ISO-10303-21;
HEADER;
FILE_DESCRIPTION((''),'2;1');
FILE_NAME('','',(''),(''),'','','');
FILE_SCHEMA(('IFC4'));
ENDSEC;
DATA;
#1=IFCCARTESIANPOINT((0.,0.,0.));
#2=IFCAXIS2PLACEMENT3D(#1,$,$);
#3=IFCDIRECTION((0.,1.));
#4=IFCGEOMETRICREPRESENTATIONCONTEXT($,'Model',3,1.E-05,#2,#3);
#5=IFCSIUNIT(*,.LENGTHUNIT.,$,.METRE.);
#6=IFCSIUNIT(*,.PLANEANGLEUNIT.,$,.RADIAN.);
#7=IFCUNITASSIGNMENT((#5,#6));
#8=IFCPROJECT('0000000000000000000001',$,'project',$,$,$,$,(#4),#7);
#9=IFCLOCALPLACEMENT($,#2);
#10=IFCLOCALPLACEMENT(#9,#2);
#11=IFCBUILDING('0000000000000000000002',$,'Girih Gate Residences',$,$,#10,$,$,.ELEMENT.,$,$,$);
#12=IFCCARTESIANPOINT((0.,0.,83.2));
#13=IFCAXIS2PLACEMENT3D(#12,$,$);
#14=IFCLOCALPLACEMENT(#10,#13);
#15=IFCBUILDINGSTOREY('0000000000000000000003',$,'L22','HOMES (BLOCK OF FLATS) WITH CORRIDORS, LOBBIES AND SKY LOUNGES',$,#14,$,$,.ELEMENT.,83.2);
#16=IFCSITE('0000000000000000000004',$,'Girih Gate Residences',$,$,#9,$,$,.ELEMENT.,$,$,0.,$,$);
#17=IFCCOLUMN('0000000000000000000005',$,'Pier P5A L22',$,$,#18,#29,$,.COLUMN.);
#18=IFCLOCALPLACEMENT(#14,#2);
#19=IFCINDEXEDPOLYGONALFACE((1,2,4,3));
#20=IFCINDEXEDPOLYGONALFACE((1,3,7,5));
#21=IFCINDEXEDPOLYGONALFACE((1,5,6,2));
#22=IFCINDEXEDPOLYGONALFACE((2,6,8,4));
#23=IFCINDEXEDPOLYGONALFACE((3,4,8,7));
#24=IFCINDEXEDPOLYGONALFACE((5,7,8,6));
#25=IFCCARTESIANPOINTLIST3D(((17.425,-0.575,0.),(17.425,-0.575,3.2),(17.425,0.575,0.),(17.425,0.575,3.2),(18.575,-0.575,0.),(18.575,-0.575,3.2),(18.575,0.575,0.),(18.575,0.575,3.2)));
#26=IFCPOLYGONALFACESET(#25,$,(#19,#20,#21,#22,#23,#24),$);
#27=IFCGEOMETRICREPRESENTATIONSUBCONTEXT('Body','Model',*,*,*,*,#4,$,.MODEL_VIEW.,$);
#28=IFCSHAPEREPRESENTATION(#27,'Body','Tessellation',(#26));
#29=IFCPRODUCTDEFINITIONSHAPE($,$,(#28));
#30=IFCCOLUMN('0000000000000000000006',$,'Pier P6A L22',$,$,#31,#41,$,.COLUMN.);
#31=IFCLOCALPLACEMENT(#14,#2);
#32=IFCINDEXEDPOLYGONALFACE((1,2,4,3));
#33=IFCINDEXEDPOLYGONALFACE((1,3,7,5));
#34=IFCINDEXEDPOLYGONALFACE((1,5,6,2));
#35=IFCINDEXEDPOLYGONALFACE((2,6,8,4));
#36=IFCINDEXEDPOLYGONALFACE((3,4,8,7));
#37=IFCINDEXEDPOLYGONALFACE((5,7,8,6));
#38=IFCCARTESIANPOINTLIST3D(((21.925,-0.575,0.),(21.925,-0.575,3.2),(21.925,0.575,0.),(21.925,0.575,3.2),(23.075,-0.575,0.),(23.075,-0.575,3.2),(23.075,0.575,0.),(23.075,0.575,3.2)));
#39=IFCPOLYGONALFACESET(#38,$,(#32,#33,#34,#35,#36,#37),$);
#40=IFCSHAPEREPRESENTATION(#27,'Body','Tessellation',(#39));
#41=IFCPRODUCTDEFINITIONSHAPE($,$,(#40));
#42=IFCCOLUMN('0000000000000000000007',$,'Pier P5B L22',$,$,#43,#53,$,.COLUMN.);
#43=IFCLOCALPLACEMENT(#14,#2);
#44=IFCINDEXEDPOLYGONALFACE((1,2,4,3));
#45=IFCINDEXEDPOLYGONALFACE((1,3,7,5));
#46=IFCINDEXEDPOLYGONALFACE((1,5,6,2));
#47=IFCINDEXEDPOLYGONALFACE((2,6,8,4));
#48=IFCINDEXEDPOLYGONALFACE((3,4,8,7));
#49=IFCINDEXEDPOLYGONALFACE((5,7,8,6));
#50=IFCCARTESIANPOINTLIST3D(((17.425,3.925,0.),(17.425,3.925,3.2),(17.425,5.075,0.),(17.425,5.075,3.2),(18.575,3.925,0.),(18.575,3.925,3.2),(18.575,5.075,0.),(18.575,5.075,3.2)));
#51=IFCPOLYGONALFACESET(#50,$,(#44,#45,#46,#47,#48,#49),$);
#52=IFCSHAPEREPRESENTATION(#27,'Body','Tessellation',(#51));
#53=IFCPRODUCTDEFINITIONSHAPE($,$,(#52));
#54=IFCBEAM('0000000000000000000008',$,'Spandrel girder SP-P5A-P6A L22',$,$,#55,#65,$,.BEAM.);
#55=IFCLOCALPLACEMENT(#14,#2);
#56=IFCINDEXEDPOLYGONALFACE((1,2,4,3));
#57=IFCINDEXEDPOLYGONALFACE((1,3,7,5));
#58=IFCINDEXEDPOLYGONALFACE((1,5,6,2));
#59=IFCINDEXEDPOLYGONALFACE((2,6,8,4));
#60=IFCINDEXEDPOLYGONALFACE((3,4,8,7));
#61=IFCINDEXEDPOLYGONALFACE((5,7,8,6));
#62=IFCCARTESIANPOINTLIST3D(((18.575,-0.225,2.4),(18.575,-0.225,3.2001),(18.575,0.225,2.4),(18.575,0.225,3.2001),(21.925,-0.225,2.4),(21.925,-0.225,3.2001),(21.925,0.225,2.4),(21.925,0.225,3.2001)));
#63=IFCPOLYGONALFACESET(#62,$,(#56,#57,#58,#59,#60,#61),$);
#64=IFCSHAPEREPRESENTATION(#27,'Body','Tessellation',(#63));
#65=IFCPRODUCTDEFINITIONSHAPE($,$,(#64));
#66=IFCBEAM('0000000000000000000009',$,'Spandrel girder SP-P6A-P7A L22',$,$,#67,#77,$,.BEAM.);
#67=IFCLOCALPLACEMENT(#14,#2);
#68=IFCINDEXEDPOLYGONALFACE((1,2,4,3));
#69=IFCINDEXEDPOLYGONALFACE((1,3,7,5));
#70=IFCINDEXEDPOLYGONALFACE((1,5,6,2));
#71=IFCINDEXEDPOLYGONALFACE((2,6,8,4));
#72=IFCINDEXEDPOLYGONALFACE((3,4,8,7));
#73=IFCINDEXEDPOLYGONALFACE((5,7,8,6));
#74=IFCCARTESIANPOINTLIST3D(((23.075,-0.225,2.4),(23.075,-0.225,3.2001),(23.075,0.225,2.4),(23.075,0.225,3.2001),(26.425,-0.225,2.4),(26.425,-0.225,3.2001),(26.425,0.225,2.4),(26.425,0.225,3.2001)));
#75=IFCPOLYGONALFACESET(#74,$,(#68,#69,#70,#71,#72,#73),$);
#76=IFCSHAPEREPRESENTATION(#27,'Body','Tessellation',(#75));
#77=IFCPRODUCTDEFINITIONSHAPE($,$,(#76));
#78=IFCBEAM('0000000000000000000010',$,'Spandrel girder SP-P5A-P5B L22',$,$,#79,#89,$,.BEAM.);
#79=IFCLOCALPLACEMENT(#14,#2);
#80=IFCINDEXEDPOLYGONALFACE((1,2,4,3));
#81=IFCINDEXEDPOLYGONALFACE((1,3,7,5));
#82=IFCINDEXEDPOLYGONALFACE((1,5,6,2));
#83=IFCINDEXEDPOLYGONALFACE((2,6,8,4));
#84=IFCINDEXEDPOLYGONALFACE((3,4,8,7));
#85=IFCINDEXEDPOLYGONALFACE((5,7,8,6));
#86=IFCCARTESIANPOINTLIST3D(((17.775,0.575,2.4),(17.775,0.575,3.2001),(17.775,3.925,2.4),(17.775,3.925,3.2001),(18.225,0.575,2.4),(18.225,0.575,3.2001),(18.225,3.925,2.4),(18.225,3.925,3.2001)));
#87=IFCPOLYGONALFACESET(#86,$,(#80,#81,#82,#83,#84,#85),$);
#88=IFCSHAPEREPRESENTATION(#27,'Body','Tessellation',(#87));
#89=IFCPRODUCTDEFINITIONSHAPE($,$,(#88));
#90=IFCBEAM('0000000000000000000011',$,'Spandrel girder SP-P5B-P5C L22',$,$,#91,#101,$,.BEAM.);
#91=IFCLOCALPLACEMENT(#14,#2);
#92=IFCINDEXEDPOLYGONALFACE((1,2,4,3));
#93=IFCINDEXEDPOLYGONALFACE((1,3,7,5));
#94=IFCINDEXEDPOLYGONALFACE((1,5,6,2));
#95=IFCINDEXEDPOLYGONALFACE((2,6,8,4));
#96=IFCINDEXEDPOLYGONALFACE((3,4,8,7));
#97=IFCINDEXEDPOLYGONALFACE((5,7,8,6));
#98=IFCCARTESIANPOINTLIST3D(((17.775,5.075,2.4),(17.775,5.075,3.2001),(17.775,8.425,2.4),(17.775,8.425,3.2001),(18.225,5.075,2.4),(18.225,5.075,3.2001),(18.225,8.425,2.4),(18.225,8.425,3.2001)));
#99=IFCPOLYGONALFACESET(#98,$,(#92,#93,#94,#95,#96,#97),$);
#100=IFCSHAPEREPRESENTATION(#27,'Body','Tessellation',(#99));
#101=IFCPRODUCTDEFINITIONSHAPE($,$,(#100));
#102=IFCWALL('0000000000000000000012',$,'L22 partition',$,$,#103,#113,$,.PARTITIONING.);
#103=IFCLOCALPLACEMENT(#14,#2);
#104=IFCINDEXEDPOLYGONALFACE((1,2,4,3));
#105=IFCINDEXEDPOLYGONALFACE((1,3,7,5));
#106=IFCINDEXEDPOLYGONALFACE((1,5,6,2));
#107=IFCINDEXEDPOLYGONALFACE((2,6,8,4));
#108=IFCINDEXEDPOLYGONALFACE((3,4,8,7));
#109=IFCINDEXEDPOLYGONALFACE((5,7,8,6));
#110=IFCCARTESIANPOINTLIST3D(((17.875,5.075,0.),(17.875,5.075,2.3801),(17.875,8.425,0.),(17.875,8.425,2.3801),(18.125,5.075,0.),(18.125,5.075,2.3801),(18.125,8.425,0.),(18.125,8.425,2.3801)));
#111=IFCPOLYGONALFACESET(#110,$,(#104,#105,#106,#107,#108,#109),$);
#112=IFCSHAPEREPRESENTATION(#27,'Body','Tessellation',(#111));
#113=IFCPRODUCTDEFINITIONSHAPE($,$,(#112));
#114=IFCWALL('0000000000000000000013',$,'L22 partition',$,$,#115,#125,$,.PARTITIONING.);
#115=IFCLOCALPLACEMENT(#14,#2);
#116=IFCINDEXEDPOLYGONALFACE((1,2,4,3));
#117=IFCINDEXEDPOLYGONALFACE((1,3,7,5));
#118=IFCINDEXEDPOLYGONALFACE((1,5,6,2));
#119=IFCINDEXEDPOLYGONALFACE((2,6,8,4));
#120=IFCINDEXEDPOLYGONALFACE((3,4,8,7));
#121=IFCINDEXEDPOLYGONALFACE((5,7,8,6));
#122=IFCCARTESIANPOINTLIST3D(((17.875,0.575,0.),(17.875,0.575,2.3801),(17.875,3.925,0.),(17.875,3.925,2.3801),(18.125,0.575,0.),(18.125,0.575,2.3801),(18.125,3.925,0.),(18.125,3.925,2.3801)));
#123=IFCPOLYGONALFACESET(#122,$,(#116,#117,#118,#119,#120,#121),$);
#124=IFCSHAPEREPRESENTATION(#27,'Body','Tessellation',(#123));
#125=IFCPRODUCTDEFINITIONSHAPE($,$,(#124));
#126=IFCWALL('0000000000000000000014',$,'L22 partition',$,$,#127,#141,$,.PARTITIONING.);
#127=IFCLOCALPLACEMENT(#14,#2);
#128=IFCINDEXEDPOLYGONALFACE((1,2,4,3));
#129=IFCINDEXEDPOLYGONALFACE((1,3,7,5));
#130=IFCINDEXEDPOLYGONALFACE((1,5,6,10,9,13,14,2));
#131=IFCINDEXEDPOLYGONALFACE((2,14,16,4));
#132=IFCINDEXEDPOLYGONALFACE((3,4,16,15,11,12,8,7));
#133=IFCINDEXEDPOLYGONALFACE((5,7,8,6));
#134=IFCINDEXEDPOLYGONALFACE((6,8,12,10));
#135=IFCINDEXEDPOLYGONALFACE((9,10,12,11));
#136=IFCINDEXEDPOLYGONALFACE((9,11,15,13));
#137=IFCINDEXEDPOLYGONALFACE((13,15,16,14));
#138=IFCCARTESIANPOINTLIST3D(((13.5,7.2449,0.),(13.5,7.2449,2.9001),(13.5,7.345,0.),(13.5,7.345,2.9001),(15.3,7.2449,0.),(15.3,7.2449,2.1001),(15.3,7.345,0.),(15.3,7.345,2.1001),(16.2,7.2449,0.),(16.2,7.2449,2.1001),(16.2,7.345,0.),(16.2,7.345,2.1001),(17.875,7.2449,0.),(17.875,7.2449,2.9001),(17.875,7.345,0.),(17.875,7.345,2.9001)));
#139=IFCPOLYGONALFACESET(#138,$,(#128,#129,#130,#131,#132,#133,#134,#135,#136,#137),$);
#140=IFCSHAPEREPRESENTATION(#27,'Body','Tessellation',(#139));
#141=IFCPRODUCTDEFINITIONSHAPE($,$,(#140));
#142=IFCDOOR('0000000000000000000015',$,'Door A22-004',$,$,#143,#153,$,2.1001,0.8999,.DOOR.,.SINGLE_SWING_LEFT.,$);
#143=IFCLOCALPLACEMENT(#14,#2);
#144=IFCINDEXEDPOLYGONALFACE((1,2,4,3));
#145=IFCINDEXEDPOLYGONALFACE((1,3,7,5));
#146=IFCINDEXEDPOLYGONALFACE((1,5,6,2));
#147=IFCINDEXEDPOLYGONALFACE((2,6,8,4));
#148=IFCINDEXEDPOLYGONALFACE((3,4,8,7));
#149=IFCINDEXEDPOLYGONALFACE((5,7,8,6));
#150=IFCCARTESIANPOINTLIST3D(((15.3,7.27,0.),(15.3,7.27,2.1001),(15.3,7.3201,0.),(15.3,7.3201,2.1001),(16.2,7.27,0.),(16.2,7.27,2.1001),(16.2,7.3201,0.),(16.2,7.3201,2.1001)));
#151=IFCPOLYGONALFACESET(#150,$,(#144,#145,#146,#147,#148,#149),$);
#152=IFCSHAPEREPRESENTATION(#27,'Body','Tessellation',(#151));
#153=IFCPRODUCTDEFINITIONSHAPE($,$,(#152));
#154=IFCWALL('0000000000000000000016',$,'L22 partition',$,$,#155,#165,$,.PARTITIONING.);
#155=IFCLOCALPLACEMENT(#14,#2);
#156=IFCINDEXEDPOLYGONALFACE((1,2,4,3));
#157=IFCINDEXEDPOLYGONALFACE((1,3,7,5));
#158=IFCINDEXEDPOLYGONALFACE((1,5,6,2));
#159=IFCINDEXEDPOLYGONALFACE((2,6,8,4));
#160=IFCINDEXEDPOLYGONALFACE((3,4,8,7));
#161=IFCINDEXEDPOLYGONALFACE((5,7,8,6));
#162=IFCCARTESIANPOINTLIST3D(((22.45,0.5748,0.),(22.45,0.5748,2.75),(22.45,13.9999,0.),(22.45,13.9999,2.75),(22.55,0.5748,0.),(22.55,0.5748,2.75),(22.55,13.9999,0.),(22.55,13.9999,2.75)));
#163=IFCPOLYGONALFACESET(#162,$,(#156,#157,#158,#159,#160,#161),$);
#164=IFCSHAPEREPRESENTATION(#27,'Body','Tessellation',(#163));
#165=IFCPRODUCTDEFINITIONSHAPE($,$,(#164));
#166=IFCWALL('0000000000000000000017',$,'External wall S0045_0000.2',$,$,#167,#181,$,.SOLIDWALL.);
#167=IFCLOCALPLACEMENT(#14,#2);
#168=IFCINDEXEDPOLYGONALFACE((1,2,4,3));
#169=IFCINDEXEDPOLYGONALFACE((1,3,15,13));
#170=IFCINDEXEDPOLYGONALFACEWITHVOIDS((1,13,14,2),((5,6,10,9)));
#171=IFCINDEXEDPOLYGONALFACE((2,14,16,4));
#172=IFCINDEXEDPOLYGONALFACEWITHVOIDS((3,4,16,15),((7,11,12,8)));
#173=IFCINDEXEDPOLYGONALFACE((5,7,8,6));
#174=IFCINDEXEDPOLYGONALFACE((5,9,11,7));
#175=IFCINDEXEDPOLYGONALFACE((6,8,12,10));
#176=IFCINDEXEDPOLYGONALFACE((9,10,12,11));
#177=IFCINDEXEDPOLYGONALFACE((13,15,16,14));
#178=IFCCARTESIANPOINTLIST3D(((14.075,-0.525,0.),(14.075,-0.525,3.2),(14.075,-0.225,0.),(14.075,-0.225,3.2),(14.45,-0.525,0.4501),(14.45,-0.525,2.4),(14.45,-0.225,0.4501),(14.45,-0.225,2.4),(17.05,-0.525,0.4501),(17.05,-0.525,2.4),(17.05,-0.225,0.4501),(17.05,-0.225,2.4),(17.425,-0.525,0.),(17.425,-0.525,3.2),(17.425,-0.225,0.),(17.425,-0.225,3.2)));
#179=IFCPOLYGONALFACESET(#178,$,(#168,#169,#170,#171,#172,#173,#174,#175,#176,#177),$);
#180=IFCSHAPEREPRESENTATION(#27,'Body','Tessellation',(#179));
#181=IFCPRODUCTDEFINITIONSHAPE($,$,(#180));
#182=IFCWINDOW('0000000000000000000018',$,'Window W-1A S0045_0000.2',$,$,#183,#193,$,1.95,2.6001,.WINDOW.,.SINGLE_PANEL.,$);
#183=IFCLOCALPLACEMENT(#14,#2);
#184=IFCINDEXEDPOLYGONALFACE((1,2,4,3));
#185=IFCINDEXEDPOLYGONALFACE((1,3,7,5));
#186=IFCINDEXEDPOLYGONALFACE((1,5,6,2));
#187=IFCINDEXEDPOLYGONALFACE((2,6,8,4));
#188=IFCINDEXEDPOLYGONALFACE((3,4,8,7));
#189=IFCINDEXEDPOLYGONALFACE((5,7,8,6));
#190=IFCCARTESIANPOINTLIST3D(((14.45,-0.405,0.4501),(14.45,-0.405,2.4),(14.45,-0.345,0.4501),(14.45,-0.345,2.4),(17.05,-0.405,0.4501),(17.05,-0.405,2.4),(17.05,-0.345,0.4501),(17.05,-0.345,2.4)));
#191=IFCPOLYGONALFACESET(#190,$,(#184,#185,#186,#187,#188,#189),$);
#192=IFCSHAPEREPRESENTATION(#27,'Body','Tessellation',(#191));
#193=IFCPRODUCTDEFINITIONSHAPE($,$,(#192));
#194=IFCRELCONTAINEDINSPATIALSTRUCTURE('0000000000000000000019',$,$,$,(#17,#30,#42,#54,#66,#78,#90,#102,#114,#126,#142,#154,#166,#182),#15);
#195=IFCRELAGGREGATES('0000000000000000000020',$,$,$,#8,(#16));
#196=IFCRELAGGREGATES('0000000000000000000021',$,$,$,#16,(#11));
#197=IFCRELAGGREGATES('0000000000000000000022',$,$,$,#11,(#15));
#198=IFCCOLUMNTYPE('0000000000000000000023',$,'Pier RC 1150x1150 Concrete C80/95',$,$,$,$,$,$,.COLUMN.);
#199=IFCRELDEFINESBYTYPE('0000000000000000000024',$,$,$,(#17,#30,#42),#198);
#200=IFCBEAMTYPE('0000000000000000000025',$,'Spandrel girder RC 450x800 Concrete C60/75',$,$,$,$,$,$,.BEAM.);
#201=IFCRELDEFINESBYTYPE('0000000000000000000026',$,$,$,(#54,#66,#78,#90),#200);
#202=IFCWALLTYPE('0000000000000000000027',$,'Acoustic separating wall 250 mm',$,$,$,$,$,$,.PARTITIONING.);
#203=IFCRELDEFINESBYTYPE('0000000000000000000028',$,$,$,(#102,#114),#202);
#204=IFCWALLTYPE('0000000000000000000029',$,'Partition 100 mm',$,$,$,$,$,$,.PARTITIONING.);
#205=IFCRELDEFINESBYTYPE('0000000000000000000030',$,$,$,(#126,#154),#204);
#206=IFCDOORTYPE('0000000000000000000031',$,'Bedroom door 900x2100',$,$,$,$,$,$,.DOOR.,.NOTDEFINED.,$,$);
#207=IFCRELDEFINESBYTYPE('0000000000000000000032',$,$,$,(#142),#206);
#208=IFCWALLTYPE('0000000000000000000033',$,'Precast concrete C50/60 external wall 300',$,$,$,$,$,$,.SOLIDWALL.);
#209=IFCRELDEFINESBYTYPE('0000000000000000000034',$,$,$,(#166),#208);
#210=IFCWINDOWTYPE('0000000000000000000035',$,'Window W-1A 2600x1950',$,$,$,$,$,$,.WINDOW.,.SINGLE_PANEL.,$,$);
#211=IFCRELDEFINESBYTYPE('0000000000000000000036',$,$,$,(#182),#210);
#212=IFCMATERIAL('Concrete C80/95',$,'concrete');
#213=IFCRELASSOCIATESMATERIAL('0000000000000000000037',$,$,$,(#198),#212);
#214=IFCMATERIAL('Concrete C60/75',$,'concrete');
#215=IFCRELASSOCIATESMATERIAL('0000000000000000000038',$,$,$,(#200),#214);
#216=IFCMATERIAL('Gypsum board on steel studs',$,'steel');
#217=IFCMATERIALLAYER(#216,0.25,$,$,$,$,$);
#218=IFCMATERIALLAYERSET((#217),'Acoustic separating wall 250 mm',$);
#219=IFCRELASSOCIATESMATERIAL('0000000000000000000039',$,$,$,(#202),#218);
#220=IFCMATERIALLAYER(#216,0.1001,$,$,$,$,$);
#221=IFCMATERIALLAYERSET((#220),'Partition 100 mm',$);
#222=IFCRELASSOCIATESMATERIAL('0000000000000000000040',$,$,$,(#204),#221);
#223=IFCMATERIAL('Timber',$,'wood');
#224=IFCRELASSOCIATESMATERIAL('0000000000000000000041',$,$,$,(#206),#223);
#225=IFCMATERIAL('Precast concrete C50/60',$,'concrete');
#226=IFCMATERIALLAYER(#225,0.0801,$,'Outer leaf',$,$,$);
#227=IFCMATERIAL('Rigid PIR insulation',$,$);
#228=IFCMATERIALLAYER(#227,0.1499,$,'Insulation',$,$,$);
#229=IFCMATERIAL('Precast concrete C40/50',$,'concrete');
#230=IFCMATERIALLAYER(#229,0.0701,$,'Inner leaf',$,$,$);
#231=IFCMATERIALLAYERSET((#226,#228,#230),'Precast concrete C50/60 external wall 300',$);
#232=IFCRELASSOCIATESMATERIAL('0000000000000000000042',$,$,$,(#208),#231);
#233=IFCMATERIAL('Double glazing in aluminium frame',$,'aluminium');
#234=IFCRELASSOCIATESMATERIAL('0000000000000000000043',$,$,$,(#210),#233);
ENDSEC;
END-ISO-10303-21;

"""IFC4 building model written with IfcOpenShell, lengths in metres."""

from ifc_helpers import new_model, si_unit, direction, frame, frame_2d, origin, origin_2d, place, context, subcontext, project, spatial, rectangle, extrude, material, layer, layer_set, material_profile, profile_set, type_object, element, fill, save


model = new_model("IFC4")

# Units and contexts
model_context = context("Model", 3, precision=1e-05, world=origin(), true_north=direction((0.0, 1.0)))
body_context = subcontext(model_context, "Body", "Model", "MODEL_VIEW")
ifc_project = project(units=[si_unit("LENGTHUNIT", "METRE"), si_unit("PLANEANGLEUNIT", "RADIAN")], contexts=[model_context])

# Site, building, storey
site_placement = place(None, origin())
site = spatial("IfcSite", under=ifc_project, at=site_placement, Name="Girih Gate Residences", CompositionType="ELEMENT", RefElevation=0.0)
building_placement = place(site_placement, origin())
building = spatial("IfcBuilding", under=site, at=building_placement, Name="Girih Gate Residences", CompositionType="ELEMENT")
storey_placement = place(building_placement, frame((0.0, 0.0, 83.2)))
storey = spatial("IfcBuildingStorey", under=building, at=storey_placement, Name="L22", Description="HOMES (BLOCK OF FLATS) WITH CORRIDORS, LOBBIES AND SKY LOUNGES", CompositionType="ELEMENT", Elevation=83.2)

# Columns
ifc_material_1 = material(Name="Concrete C80/95", Category="concrete")
ifc_material_profile_1 = material_profile(ifc_material_1, rectangle(XDim=1.1499, YDim=1.1499, at=origin_2d()))
ifc_profile_set_1 = profile_set([ifc_material_profile_1], Name="Concrete C80/95")
column_type = type_object("IfcColumnType", Name="Pier RC 1150x1150 Concrete C80/95", PredefinedType="COLUMN", material=ifc_profile_set_1)
for number, where, z_axis, x_axis, name in (
    (1, (18.0, 0.0, 0.0), (0.0, 0.0, 1.0), (1.0, 0.0, 0.0), "Pier P5A L22"),
    (2, (22.5, 0.0, 0.0), (0.0, 0.0, 1.0), (1.0, 0.0, 0.0), "Pier P6A L22"),
    (3, (18.0, 4.5, 0.0), (0.0, 0.0, 1.0), (1.0, 0.0, 0.0), "Pier P5B L22"),
):
    element("IfcColumn", number, at=place(storey_placement, frame(where, z_axis=z_axis, x_axis=x_axis)), inside=storey, type_object=column_type, Name=name, PredefinedType="COLUMN", context=body_context, shape_type="SweptSolid", body=[
        extrude(rectangle(XDim=1.1499, YDim=1.1499, at=origin_2d()), origin(), (0.0, 0.0, 1.0), 3.2),
    ])

# Beams
ifc_material_2 = material(Name="Concrete C60/75", Category="concrete")
ifc_material_profile_2 = material_profile(ifc_material_2, rectangle(XDim=0.45, YDim=0.8, at=origin_2d()))
ifc_profile_set_2 = profile_set([ifc_material_profile_2], Name="Concrete C60/75")
beam_type = type_object("IfcBeamType", Name="Spandrel girder RC 450x800 Concrete C60/75", PredefinedType="BEAM", material=ifc_profile_set_2)
for number, where, z_axis, x_axis, name in (
    (4, (18.575, 0.0, 2.8), (1.0, 0.0, 0.0), (0.0, 1.0, 0.0), "Spandrel girder SP-P5A-P6A L22"),
    (5, (23.075, 0.0, 2.8), (1.0, 0.0, 0.0), (0.0, 1.0, 0.0), "Spandrel girder SP-P6A-P7A L22"),
    (6, (18.0, 0.575, 2.8), (0.0, 1.0, 0.0), (-1.0, 0.0, 0.0), "Spandrel girder SP-P5A-P5B L22"),
    (7, (18.0, 5.075, 2.8), (0.0, 1.0, 0.0), (-1.0, 0.0, 0.0), "Spandrel girder SP-P5B-P5C L22"),
):
    element("IfcBeam", number, at=place(storey_placement, frame(where, z_axis=z_axis, x_axis=x_axis)), inside=storey, type_object=beam_type, Name=name, PredefinedType="BEAM", context=body_context, shape_type="SweptSolid", body=[
        extrude(rectangle(XDim=0.45, YDim=0.8, at=origin_2d()), origin(), (0.0, 0.0, 1.0), 3.3501),
    ])

# Walls
ifc_material_3 = material(Name="Gypsum board on steel studs", Category="steel")
ifc_layer_1 = layer(ifc_material_3, 0.25)
ifc_layer_set_1 = layer_set([ifc_layer_1], Name="Acoustic separating wall 250 mm")
wall_type_1 = type_object("IfcWallType", Name="Acoustic separating wall 250 mm", PredefinedType="PARTITIONING", material=ifc_layer_set_1)
for number, where, z_axis, x_axis, name in (
    (8, (18.0, 5.075, 0.0), (0.0, 0.0, 1.0), (0.0, 1.0, 0.0), "L22 partition"),
    (9, (18.0, 0.575, 0.0), (0.0, 0.0, 1.0), (0.0, 1.0, 0.0), "L22 partition"),
):
    element("IfcWall", number, at=place(storey_placement, frame(where, z_axis=z_axis, x_axis=x_axis)), inside=storey, type_object=wall_type_1, Name=name, PredefinedType="PARTITIONING", context=body_context, shape_type="SweptSolid", body=[
        extrude(rectangle(XDim=3.3501, YDim=0.25, at=frame_2d((1.675, 0.0))), origin(), (0.0, 0.0, 1.0), 2.3801),
    ])

# Wall, opening, door
ifc_layer_2 = layer(ifc_material_3, 0.1001)
ifc_layer_set_2 = layer_set([ifc_layer_2], Name="Partition 100 mm")
wall_type_2 = type_object("IfcWallType", Name="Partition 100 mm", PredefinedType="PARTITIONING", material=ifc_layer_set_2)
wall_1_placement = place(storey_placement, frame((17.875, 7.2949, 0.0), z_axis=(0.0, 0.0, 1.0), x_axis=(-1.0, 0.0, 0.0)))
wall_1 = element("IfcWall", 10, at=wall_1_placement, inside=storey, type_object=wall_type_2, Name="L22 partition", PredefinedType="PARTITIONING", context=body_context, shape_type="SweptSolid", body=[
    extrude(rectangle(XDim=4.375, YDim=0.1001, at=frame_2d((2.1875, 0.0))), origin(), (0.0, 0.0, 1.0), 2.9001),
])
opening_1_placement = place(wall_1_placement, frame((1.675, 0.0, 0.0)))
opening_1 = element("IfcOpeningElement", 11, at=opening_1_placement, cuts=wall_1, PredefinedType="OPENING", context=body_context, shape_type="SweptSolid", body=[
    extrude(rectangle(XDim=0.8999, YDim=2.1001, at=frame_2d((0.45, 1.05))), frame((0.0, 0.0601, 0.0), z_axis=(0.0, -1.0, 0.0), x_axis=(1.0, 0.0, 0.0)), (0.0, 0.0, 1.0), 0.1201),
])
ifc_material_4 = material(Name="Timber", Category="wood")
door_type = type_object("IfcDoorType", Name="Bedroom door 900x2100", OperationType="NOTDEFINED", PredefinedType="DOOR", material=ifc_material_4)
door_placement = place(opening_1_placement, origin())
door = element("IfcDoor", 12, at=door_placement, inside=storey, type_object=door_type, Name="Door A22-004", OperationType="SINGLE_SWING_LEFT", OverallHeight=2.1001, OverallWidth=0.8999, PredefinedType="DOOR", context=body_context, shape_type="SweptSolid", body=[
    extrude(rectangle(XDim=0.8999, YDim=2.1001, at=frame_2d((0.45, 1.05))), frame((0.0, 0.0249, 0.0), z_axis=(0.0, -1.0, 0.0), x_axis=(1.0, 0.0, 0.0)), (0.0, 0.0, 1.0), 0.05),
])
fill(opening_1, door)

# Wall
wall_2_placement = place(storey_placement, frame((22.5, 0.575, 0.0), z_axis=(0.0, 0.0, 1.0), x_axis=(0.0, 1.0, 0.0)))
element("IfcWall", 13, at=wall_2_placement, inside=storey, type_object=wall_type_2, Name="L22 partition", PredefinedType="PARTITIONING", context=body_context, shape_type="SweptSolid", body=[
    extrude(rectangle(XDim=13.425, YDim=0.1001, at=frame_2d((6.7124, 0.0))), origin(), (0.0, 0.0, 1.0), 2.75),
])

# Wall, opening, window
ifc_material_5 = material(Name="Precast concrete C50/60", Category="concrete")
ifc_layer_3 = layer(ifc_material_5, 0.0801, Name="Outer leaf")
ifc_material_6 = material(Name="Rigid PIR insulation")
ifc_layer_4 = layer(ifc_material_6, 0.1499, Name="Insulation")
ifc_material_7 = material(Name="Precast concrete C40/50", Category="concrete")
ifc_layer_5 = layer(ifc_material_7, 0.0701, Name="Inner leaf")
ifc_layer_set_3 = layer_set([ifc_layer_3, ifc_layer_4, ifc_layer_5], Name="Precast concrete C50/60 external wall 300")
wall_type_3 = type_object("IfcWallType", Name="Precast concrete C50/60 external wall 300", PredefinedType="SOLIDWALL", material=ifc_layer_set_3)
wall_3_placement = place(storey_placement, frame((17.425, -0.375, 0.0), z_axis=(0.0, 0.0, 1.0), x_axis=(-1.0, 0.0, 0.0)))
wall_3 = element("IfcWall", 14, at=wall_3_placement, inside=storey, type_object=wall_type_3, Name="External wall S0045_0000.2", PredefinedType="SOLIDWALL", context=body_context, shape_type="SweptSolid", body=[
    extrude(rectangle(XDim=3.3501, YDim=0.3, at=frame_2d((1.675, 0.0))), origin(), (0.0, 0.0, 1.0), 3.2),
])
opening_2_placement = place(wall_3_placement, frame((0.375, 0.0, 0.45)))
opening_2 = element("IfcOpeningElement", 15, at=opening_2_placement, cuts=wall_3, PredefinedType="OPENING", context=body_context, shape_type="SweptSolid", body=[
    extrude(rectangle(XDim=2.6001, YDim=1.95, at=frame_2d((1.3, 0.9751))), frame((0.0, 0.1599, 0.0), z_axis=(0.0, -1.0, 0.0), x_axis=(1.0, 0.0, 0.0)), (0.0, 0.0, 1.0), 0.3201),
])
ifc_material_8 = material(Name="Double glazing in aluminium frame", Category="aluminium")
window_type = type_object("IfcWindowType", Name="Window W-1A 2600x1950", PartitioningType="SINGLE_PANEL", PredefinedType="WINDOW", material=ifc_material_8)
window_1_placement = place(opening_2_placement, origin())
window_1 = element("IfcWindow", 16, at=window_1_placement, inside=storey, type_object=window_type, Name="Window W-1A S0045_0000.2", OverallHeight=1.95, OverallWidth=2.6001, PartitioningType="SINGLE_PANEL", PredefinedType="WINDOW", context=body_context, shape_type="SweptSolid", body=[
    extrude(rectangle(XDim=2.6001, YDim=1.95, at=frame_2d((1.3, 0.9751))), frame((0.0, 0.03, 0.0), z_axis=(0.0, -1.0, 0.0), x_axis=(1.0, 0.0, 0.0)), (0.0, 0.0, 1.0), 0.0601),
])
fill(opening_2, window_1)

save(model, "model.ifc")
